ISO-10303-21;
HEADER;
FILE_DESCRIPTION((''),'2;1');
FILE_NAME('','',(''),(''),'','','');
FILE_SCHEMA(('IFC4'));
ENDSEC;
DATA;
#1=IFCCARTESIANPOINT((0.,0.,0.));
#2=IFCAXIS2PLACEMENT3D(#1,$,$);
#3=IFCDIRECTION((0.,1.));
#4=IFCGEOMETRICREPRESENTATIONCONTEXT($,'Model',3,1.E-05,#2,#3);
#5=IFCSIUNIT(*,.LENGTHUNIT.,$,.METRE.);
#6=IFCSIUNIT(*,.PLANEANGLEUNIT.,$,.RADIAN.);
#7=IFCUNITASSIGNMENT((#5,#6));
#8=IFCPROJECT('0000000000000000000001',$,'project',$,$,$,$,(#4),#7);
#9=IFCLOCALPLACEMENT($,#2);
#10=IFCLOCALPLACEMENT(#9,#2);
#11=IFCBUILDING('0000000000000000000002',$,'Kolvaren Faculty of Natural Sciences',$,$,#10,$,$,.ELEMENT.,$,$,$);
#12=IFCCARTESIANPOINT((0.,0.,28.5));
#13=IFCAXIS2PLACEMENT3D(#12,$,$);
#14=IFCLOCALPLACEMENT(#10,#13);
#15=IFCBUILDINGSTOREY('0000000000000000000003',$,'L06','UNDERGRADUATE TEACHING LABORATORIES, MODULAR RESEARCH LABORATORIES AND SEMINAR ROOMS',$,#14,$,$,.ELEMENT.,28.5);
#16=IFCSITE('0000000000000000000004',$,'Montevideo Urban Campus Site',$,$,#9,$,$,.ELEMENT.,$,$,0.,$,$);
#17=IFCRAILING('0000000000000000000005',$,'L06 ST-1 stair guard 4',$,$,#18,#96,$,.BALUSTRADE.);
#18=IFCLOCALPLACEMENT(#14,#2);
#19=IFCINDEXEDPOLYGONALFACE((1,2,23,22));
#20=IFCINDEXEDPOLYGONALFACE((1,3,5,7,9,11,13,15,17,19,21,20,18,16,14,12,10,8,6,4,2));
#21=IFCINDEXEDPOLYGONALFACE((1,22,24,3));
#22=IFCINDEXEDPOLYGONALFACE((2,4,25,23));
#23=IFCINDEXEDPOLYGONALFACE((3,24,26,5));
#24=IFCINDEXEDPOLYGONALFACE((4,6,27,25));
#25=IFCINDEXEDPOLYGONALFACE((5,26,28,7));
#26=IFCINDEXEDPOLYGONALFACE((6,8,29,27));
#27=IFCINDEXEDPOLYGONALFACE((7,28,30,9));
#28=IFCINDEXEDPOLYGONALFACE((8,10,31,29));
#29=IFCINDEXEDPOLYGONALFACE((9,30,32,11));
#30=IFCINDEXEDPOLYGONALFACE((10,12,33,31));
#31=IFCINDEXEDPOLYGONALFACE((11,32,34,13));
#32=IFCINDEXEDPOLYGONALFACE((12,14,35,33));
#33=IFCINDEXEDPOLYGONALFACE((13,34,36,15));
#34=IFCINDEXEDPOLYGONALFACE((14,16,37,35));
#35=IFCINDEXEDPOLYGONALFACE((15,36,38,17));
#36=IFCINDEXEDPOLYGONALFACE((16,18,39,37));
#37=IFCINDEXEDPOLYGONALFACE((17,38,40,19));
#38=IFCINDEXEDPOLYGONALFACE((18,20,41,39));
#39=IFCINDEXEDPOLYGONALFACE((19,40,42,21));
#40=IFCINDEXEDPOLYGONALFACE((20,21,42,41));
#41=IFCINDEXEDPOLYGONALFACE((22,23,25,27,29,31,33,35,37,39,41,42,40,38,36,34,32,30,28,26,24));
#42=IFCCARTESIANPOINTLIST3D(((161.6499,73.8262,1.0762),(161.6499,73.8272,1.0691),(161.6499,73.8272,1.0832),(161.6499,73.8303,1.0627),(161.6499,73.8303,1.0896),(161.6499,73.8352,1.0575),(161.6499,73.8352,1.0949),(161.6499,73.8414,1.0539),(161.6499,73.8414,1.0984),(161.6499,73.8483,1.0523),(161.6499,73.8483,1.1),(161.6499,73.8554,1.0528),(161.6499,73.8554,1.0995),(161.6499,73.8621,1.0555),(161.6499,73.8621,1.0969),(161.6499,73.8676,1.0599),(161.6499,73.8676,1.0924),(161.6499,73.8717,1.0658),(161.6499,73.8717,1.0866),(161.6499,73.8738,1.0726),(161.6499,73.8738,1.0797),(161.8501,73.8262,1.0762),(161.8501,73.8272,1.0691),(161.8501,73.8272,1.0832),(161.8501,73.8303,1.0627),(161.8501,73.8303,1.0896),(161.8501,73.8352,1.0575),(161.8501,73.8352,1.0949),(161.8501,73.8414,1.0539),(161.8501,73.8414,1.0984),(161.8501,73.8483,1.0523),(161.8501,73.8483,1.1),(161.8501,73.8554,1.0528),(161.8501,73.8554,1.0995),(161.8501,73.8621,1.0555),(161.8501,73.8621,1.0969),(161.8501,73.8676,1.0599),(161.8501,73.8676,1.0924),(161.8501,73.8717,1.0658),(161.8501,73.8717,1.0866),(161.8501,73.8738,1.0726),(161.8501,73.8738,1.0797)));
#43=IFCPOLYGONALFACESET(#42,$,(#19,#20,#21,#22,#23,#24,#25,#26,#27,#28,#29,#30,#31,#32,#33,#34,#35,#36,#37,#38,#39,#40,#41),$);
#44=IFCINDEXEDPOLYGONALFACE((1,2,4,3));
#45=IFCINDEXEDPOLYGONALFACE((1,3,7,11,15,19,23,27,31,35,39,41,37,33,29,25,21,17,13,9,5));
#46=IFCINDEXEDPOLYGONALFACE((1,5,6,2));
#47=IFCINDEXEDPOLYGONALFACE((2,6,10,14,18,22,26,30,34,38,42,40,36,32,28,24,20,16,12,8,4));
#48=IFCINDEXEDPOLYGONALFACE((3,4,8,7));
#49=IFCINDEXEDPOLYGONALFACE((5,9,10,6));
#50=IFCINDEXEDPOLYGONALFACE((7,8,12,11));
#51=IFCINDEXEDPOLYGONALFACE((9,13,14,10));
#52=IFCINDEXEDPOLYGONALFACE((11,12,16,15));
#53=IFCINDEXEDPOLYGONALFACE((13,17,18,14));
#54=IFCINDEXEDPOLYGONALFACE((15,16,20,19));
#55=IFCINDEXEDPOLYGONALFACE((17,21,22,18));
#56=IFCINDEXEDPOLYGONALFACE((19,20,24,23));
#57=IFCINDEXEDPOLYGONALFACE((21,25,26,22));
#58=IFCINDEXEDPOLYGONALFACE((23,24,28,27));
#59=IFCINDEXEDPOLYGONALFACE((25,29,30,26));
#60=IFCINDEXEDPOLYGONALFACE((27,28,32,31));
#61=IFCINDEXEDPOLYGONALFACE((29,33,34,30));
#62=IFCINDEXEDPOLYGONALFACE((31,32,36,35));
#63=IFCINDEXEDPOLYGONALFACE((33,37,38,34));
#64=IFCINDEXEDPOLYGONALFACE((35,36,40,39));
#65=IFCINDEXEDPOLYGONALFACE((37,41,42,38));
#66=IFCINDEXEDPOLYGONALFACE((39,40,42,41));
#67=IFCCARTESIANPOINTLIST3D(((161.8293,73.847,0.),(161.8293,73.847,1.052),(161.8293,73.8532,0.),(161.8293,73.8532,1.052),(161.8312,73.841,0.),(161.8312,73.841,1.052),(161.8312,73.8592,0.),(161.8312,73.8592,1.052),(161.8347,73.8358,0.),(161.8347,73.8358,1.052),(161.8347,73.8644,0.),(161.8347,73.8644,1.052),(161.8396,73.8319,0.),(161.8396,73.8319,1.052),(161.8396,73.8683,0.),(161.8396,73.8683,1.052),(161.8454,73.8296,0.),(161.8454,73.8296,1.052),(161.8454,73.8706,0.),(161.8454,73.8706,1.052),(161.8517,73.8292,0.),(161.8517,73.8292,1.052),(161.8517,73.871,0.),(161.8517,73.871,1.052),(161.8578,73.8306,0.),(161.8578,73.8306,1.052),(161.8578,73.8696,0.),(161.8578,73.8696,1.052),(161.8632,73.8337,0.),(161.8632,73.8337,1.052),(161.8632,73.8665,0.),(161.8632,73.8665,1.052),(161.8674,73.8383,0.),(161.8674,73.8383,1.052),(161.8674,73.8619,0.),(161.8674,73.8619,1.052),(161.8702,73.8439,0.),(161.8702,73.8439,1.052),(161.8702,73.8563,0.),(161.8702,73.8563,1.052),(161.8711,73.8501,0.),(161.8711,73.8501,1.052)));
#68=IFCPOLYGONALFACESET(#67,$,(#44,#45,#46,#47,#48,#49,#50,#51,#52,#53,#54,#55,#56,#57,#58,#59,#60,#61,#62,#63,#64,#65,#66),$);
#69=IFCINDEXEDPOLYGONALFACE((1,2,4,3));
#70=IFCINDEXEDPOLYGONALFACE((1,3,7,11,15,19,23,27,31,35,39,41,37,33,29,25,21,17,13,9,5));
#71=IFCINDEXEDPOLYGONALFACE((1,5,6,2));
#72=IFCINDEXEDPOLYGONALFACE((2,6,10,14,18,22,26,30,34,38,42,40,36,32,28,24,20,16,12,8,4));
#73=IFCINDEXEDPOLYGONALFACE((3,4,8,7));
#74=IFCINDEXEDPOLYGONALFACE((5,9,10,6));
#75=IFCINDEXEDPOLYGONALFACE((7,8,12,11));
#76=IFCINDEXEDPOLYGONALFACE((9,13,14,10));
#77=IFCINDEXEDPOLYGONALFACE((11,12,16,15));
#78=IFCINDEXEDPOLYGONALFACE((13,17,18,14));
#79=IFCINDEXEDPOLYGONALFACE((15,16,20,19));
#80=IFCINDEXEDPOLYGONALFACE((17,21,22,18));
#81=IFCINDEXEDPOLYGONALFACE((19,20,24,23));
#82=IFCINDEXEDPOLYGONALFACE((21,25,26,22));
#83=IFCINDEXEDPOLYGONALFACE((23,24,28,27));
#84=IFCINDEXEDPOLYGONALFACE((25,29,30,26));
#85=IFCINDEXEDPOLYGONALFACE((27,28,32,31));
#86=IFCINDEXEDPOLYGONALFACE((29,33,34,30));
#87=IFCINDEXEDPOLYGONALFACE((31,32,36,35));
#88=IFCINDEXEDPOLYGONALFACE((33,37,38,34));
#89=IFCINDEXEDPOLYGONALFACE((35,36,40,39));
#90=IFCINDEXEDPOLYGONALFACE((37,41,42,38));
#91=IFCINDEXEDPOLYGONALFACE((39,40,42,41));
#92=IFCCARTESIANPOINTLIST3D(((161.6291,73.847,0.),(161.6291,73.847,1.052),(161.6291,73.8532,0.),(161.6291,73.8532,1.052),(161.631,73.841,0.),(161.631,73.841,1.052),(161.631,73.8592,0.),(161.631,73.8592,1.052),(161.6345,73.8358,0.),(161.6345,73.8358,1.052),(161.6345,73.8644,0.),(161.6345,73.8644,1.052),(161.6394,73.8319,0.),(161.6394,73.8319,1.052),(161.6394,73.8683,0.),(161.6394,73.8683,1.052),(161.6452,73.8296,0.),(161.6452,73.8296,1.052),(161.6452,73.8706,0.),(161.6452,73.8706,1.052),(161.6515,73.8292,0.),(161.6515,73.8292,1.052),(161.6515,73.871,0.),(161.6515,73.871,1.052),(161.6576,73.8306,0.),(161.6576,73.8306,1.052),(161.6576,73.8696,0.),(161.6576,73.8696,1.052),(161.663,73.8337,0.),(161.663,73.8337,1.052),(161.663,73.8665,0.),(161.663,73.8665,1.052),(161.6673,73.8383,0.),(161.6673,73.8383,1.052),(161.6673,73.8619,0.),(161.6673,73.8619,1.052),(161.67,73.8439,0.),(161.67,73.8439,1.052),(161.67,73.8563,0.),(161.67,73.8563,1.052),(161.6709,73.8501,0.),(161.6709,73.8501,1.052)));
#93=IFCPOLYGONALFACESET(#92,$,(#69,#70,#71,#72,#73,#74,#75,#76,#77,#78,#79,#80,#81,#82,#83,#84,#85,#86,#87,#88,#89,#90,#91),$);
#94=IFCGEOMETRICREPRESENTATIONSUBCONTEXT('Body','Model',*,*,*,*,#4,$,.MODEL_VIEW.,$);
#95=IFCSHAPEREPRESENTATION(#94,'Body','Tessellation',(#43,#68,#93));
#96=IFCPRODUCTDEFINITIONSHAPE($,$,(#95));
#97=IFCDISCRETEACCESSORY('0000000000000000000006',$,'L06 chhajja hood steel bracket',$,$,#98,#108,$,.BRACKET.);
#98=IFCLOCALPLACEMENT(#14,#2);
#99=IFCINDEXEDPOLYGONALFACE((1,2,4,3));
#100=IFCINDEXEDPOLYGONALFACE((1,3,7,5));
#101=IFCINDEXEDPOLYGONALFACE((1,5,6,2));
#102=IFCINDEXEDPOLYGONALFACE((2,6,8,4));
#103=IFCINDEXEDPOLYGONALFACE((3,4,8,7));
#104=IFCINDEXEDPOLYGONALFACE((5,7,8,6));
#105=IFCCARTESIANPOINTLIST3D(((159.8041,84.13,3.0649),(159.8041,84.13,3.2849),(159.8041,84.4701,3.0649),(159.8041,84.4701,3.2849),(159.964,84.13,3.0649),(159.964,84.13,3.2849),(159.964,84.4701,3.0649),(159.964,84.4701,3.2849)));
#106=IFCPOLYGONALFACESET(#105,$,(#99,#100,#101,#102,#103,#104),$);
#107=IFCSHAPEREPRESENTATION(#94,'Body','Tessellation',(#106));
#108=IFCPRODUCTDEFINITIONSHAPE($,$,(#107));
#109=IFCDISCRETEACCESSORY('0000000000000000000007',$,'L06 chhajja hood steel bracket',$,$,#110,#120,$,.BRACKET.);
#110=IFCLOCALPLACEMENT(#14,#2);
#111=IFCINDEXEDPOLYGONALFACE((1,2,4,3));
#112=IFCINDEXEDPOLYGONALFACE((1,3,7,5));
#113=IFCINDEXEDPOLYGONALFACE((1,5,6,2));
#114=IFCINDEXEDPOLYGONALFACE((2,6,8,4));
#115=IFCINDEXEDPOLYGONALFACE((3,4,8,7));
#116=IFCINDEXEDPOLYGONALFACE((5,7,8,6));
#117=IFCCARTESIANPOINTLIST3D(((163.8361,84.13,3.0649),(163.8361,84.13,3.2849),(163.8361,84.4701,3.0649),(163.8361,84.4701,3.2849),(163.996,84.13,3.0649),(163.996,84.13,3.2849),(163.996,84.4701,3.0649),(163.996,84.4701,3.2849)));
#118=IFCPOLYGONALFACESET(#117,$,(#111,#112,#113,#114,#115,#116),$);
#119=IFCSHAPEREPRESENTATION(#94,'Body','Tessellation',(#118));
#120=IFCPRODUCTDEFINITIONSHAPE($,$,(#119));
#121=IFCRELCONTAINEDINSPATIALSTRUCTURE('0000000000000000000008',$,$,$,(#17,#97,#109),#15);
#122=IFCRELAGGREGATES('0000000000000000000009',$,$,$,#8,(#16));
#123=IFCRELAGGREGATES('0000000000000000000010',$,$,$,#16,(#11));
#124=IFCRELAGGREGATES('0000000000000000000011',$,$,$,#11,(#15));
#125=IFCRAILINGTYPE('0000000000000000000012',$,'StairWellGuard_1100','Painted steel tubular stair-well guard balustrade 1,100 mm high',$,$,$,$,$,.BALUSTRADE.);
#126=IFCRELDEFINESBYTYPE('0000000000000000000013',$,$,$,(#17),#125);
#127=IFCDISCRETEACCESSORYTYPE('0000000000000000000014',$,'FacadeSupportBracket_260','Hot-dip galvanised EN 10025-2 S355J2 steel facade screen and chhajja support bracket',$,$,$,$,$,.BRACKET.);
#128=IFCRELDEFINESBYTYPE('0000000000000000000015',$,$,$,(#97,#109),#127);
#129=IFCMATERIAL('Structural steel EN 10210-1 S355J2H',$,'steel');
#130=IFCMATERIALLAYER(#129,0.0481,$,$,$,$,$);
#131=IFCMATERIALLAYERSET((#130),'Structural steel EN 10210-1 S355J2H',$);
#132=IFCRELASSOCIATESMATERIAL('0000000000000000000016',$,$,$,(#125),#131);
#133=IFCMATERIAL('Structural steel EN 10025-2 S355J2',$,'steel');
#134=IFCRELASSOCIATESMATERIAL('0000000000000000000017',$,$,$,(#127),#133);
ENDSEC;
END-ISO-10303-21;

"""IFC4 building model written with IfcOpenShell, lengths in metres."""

from ifc_helpers import new_model, si_unit, direction, frame, origin, origin_2d, place, context, subcontext, project, spatial, rectangle, circle, extrude, material, layer, layer_set, type_object, element, save


model = new_model("IFC4")

# Units and contexts
model_context = context("Model", 3, precision=1e-05, world=origin(), true_north=direction((0.0, 1.0)))
body_context = subcontext(model_context, "Body", "Model", "MODEL_VIEW")
ifc_project = project(units=[si_unit("LENGTHUNIT", "METRE"), si_unit("PLANEANGLEUNIT", "RADIAN")], contexts=[model_context])

# Site, building, storey
site_placement = place(None, origin())
site = spatial("IfcSite", under=ifc_project, at=site_placement, Name="Montevideo Urban Campus Site", CompositionType="ELEMENT", RefElevation=0.0)
building_placement = place(site_placement, origin())
building = spatial("IfcBuilding", under=site, at=building_placement, Name="Kolvaren Faculty of Natural Sciences", CompositionType="ELEMENT")
storey_placement = place(building_placement, frame((0.0, 0.0, 28.5)))
storey = spatial("IfcBuildingStorey", under=building, at=storey_placement, Name="L06", Description="UNDERGRADUATE TEACHING LABORATORIES, MODULAR RESEARCH LABORATORIES AND SEMINAR ROOMS", CompositionType="ELEMENT", Elevation=28.5)

# Railing
ifc_material_1 = material(Name="Structural steel EN 10210-1 S355J2H", Category="steel")
ifc_layer_1 = layer(ifc_material_1, 0.0481)
ifc_layer_set_1 = layer_set([ifc_layer_1], Name="Structural steel EN 10210-1 S355J2H")
railing_type_1 = type_object("IfcRailingType", Name="StairWellGuard_1100", Description="Painted steel tubular stair-well guard balustrade 1,100 mm high", PredefinedType="BALUSTRADE", material=ifc_layer_set_1)
railing_1_placement = place(storey_placement, frame((161.8501, 73.8501, 0.0)))
element("IfcRailing", 1, at=railing_1_placement, inside=storey, type_object=railing_type_1, Name="L06 ST-1 stair guard 4", PredefinedType="BALUSTRADE", context=body_context, shape_type="SweptSolid", body=[
    extrude(circle(Radius=0.0239, at=origin_2d()), frame((0.0, 0.0, 1.0762), z_axis=(-1.0, 0.0, 0.0), x_axis=(0.0, -1.0, 0.0)), (0.0, 0.0, 1.0), 0.2002),
    extrude(circle(Radius=0.021, at=origin_2d()), origin(), (0.0, 0.0, 1.0), 1.052),
    extrude(circle(Radius=0.021, at=origin_2d()), frame((-0.2002, 0.0, 0.0)), (0.0, 0.0, 1.0), 1.052),
])

# Discrete accessories
ifc_material_2 = material(Name="Structural steel EN 10025-2 S355J2", Category="steel")
discrete_accessory_type = type_object("IfcDiscreteAccessoryType", Name="FacadeSupportBracket_260", Description="Hot-dip galvanised EN 10025-2 S355J2 steel facade screen and chhajja support bracket", PredefinedType="BRACKET", material=ifc_material_2)
for number, where, z_axis, x_axis, name in (
    (2, (159.884, 84.3, 3.0649), (0.0, 0.0, 1.0), (1.0, 0.0, 0.0), "L06 chhajja hood steel bracket"),
    (3, (163.916, 84.3, 3.0649), (0.0, 0.0, 1.0), (1.0, 0.0, 0.0), "L06 chhajja hood steel bracket"),
):
    element("IfcDiscreteAccessory", number, at=place(storey_placement, frame(where, z_axis=z_axis, x_axis=x_axis)), inside=storey, type_object=discrete_accessory_type, Name=name, PredefinedType="BRACKET", context=body_context, shape_type="SweptSolid", body=[
        extrude(rectangle(XDim=0.1599, YDim=0.3401, at=origin_2d()), origin(), (0.0, 0.0, 1.0), 0.22),
    ])

save(model, "model.ifc")
